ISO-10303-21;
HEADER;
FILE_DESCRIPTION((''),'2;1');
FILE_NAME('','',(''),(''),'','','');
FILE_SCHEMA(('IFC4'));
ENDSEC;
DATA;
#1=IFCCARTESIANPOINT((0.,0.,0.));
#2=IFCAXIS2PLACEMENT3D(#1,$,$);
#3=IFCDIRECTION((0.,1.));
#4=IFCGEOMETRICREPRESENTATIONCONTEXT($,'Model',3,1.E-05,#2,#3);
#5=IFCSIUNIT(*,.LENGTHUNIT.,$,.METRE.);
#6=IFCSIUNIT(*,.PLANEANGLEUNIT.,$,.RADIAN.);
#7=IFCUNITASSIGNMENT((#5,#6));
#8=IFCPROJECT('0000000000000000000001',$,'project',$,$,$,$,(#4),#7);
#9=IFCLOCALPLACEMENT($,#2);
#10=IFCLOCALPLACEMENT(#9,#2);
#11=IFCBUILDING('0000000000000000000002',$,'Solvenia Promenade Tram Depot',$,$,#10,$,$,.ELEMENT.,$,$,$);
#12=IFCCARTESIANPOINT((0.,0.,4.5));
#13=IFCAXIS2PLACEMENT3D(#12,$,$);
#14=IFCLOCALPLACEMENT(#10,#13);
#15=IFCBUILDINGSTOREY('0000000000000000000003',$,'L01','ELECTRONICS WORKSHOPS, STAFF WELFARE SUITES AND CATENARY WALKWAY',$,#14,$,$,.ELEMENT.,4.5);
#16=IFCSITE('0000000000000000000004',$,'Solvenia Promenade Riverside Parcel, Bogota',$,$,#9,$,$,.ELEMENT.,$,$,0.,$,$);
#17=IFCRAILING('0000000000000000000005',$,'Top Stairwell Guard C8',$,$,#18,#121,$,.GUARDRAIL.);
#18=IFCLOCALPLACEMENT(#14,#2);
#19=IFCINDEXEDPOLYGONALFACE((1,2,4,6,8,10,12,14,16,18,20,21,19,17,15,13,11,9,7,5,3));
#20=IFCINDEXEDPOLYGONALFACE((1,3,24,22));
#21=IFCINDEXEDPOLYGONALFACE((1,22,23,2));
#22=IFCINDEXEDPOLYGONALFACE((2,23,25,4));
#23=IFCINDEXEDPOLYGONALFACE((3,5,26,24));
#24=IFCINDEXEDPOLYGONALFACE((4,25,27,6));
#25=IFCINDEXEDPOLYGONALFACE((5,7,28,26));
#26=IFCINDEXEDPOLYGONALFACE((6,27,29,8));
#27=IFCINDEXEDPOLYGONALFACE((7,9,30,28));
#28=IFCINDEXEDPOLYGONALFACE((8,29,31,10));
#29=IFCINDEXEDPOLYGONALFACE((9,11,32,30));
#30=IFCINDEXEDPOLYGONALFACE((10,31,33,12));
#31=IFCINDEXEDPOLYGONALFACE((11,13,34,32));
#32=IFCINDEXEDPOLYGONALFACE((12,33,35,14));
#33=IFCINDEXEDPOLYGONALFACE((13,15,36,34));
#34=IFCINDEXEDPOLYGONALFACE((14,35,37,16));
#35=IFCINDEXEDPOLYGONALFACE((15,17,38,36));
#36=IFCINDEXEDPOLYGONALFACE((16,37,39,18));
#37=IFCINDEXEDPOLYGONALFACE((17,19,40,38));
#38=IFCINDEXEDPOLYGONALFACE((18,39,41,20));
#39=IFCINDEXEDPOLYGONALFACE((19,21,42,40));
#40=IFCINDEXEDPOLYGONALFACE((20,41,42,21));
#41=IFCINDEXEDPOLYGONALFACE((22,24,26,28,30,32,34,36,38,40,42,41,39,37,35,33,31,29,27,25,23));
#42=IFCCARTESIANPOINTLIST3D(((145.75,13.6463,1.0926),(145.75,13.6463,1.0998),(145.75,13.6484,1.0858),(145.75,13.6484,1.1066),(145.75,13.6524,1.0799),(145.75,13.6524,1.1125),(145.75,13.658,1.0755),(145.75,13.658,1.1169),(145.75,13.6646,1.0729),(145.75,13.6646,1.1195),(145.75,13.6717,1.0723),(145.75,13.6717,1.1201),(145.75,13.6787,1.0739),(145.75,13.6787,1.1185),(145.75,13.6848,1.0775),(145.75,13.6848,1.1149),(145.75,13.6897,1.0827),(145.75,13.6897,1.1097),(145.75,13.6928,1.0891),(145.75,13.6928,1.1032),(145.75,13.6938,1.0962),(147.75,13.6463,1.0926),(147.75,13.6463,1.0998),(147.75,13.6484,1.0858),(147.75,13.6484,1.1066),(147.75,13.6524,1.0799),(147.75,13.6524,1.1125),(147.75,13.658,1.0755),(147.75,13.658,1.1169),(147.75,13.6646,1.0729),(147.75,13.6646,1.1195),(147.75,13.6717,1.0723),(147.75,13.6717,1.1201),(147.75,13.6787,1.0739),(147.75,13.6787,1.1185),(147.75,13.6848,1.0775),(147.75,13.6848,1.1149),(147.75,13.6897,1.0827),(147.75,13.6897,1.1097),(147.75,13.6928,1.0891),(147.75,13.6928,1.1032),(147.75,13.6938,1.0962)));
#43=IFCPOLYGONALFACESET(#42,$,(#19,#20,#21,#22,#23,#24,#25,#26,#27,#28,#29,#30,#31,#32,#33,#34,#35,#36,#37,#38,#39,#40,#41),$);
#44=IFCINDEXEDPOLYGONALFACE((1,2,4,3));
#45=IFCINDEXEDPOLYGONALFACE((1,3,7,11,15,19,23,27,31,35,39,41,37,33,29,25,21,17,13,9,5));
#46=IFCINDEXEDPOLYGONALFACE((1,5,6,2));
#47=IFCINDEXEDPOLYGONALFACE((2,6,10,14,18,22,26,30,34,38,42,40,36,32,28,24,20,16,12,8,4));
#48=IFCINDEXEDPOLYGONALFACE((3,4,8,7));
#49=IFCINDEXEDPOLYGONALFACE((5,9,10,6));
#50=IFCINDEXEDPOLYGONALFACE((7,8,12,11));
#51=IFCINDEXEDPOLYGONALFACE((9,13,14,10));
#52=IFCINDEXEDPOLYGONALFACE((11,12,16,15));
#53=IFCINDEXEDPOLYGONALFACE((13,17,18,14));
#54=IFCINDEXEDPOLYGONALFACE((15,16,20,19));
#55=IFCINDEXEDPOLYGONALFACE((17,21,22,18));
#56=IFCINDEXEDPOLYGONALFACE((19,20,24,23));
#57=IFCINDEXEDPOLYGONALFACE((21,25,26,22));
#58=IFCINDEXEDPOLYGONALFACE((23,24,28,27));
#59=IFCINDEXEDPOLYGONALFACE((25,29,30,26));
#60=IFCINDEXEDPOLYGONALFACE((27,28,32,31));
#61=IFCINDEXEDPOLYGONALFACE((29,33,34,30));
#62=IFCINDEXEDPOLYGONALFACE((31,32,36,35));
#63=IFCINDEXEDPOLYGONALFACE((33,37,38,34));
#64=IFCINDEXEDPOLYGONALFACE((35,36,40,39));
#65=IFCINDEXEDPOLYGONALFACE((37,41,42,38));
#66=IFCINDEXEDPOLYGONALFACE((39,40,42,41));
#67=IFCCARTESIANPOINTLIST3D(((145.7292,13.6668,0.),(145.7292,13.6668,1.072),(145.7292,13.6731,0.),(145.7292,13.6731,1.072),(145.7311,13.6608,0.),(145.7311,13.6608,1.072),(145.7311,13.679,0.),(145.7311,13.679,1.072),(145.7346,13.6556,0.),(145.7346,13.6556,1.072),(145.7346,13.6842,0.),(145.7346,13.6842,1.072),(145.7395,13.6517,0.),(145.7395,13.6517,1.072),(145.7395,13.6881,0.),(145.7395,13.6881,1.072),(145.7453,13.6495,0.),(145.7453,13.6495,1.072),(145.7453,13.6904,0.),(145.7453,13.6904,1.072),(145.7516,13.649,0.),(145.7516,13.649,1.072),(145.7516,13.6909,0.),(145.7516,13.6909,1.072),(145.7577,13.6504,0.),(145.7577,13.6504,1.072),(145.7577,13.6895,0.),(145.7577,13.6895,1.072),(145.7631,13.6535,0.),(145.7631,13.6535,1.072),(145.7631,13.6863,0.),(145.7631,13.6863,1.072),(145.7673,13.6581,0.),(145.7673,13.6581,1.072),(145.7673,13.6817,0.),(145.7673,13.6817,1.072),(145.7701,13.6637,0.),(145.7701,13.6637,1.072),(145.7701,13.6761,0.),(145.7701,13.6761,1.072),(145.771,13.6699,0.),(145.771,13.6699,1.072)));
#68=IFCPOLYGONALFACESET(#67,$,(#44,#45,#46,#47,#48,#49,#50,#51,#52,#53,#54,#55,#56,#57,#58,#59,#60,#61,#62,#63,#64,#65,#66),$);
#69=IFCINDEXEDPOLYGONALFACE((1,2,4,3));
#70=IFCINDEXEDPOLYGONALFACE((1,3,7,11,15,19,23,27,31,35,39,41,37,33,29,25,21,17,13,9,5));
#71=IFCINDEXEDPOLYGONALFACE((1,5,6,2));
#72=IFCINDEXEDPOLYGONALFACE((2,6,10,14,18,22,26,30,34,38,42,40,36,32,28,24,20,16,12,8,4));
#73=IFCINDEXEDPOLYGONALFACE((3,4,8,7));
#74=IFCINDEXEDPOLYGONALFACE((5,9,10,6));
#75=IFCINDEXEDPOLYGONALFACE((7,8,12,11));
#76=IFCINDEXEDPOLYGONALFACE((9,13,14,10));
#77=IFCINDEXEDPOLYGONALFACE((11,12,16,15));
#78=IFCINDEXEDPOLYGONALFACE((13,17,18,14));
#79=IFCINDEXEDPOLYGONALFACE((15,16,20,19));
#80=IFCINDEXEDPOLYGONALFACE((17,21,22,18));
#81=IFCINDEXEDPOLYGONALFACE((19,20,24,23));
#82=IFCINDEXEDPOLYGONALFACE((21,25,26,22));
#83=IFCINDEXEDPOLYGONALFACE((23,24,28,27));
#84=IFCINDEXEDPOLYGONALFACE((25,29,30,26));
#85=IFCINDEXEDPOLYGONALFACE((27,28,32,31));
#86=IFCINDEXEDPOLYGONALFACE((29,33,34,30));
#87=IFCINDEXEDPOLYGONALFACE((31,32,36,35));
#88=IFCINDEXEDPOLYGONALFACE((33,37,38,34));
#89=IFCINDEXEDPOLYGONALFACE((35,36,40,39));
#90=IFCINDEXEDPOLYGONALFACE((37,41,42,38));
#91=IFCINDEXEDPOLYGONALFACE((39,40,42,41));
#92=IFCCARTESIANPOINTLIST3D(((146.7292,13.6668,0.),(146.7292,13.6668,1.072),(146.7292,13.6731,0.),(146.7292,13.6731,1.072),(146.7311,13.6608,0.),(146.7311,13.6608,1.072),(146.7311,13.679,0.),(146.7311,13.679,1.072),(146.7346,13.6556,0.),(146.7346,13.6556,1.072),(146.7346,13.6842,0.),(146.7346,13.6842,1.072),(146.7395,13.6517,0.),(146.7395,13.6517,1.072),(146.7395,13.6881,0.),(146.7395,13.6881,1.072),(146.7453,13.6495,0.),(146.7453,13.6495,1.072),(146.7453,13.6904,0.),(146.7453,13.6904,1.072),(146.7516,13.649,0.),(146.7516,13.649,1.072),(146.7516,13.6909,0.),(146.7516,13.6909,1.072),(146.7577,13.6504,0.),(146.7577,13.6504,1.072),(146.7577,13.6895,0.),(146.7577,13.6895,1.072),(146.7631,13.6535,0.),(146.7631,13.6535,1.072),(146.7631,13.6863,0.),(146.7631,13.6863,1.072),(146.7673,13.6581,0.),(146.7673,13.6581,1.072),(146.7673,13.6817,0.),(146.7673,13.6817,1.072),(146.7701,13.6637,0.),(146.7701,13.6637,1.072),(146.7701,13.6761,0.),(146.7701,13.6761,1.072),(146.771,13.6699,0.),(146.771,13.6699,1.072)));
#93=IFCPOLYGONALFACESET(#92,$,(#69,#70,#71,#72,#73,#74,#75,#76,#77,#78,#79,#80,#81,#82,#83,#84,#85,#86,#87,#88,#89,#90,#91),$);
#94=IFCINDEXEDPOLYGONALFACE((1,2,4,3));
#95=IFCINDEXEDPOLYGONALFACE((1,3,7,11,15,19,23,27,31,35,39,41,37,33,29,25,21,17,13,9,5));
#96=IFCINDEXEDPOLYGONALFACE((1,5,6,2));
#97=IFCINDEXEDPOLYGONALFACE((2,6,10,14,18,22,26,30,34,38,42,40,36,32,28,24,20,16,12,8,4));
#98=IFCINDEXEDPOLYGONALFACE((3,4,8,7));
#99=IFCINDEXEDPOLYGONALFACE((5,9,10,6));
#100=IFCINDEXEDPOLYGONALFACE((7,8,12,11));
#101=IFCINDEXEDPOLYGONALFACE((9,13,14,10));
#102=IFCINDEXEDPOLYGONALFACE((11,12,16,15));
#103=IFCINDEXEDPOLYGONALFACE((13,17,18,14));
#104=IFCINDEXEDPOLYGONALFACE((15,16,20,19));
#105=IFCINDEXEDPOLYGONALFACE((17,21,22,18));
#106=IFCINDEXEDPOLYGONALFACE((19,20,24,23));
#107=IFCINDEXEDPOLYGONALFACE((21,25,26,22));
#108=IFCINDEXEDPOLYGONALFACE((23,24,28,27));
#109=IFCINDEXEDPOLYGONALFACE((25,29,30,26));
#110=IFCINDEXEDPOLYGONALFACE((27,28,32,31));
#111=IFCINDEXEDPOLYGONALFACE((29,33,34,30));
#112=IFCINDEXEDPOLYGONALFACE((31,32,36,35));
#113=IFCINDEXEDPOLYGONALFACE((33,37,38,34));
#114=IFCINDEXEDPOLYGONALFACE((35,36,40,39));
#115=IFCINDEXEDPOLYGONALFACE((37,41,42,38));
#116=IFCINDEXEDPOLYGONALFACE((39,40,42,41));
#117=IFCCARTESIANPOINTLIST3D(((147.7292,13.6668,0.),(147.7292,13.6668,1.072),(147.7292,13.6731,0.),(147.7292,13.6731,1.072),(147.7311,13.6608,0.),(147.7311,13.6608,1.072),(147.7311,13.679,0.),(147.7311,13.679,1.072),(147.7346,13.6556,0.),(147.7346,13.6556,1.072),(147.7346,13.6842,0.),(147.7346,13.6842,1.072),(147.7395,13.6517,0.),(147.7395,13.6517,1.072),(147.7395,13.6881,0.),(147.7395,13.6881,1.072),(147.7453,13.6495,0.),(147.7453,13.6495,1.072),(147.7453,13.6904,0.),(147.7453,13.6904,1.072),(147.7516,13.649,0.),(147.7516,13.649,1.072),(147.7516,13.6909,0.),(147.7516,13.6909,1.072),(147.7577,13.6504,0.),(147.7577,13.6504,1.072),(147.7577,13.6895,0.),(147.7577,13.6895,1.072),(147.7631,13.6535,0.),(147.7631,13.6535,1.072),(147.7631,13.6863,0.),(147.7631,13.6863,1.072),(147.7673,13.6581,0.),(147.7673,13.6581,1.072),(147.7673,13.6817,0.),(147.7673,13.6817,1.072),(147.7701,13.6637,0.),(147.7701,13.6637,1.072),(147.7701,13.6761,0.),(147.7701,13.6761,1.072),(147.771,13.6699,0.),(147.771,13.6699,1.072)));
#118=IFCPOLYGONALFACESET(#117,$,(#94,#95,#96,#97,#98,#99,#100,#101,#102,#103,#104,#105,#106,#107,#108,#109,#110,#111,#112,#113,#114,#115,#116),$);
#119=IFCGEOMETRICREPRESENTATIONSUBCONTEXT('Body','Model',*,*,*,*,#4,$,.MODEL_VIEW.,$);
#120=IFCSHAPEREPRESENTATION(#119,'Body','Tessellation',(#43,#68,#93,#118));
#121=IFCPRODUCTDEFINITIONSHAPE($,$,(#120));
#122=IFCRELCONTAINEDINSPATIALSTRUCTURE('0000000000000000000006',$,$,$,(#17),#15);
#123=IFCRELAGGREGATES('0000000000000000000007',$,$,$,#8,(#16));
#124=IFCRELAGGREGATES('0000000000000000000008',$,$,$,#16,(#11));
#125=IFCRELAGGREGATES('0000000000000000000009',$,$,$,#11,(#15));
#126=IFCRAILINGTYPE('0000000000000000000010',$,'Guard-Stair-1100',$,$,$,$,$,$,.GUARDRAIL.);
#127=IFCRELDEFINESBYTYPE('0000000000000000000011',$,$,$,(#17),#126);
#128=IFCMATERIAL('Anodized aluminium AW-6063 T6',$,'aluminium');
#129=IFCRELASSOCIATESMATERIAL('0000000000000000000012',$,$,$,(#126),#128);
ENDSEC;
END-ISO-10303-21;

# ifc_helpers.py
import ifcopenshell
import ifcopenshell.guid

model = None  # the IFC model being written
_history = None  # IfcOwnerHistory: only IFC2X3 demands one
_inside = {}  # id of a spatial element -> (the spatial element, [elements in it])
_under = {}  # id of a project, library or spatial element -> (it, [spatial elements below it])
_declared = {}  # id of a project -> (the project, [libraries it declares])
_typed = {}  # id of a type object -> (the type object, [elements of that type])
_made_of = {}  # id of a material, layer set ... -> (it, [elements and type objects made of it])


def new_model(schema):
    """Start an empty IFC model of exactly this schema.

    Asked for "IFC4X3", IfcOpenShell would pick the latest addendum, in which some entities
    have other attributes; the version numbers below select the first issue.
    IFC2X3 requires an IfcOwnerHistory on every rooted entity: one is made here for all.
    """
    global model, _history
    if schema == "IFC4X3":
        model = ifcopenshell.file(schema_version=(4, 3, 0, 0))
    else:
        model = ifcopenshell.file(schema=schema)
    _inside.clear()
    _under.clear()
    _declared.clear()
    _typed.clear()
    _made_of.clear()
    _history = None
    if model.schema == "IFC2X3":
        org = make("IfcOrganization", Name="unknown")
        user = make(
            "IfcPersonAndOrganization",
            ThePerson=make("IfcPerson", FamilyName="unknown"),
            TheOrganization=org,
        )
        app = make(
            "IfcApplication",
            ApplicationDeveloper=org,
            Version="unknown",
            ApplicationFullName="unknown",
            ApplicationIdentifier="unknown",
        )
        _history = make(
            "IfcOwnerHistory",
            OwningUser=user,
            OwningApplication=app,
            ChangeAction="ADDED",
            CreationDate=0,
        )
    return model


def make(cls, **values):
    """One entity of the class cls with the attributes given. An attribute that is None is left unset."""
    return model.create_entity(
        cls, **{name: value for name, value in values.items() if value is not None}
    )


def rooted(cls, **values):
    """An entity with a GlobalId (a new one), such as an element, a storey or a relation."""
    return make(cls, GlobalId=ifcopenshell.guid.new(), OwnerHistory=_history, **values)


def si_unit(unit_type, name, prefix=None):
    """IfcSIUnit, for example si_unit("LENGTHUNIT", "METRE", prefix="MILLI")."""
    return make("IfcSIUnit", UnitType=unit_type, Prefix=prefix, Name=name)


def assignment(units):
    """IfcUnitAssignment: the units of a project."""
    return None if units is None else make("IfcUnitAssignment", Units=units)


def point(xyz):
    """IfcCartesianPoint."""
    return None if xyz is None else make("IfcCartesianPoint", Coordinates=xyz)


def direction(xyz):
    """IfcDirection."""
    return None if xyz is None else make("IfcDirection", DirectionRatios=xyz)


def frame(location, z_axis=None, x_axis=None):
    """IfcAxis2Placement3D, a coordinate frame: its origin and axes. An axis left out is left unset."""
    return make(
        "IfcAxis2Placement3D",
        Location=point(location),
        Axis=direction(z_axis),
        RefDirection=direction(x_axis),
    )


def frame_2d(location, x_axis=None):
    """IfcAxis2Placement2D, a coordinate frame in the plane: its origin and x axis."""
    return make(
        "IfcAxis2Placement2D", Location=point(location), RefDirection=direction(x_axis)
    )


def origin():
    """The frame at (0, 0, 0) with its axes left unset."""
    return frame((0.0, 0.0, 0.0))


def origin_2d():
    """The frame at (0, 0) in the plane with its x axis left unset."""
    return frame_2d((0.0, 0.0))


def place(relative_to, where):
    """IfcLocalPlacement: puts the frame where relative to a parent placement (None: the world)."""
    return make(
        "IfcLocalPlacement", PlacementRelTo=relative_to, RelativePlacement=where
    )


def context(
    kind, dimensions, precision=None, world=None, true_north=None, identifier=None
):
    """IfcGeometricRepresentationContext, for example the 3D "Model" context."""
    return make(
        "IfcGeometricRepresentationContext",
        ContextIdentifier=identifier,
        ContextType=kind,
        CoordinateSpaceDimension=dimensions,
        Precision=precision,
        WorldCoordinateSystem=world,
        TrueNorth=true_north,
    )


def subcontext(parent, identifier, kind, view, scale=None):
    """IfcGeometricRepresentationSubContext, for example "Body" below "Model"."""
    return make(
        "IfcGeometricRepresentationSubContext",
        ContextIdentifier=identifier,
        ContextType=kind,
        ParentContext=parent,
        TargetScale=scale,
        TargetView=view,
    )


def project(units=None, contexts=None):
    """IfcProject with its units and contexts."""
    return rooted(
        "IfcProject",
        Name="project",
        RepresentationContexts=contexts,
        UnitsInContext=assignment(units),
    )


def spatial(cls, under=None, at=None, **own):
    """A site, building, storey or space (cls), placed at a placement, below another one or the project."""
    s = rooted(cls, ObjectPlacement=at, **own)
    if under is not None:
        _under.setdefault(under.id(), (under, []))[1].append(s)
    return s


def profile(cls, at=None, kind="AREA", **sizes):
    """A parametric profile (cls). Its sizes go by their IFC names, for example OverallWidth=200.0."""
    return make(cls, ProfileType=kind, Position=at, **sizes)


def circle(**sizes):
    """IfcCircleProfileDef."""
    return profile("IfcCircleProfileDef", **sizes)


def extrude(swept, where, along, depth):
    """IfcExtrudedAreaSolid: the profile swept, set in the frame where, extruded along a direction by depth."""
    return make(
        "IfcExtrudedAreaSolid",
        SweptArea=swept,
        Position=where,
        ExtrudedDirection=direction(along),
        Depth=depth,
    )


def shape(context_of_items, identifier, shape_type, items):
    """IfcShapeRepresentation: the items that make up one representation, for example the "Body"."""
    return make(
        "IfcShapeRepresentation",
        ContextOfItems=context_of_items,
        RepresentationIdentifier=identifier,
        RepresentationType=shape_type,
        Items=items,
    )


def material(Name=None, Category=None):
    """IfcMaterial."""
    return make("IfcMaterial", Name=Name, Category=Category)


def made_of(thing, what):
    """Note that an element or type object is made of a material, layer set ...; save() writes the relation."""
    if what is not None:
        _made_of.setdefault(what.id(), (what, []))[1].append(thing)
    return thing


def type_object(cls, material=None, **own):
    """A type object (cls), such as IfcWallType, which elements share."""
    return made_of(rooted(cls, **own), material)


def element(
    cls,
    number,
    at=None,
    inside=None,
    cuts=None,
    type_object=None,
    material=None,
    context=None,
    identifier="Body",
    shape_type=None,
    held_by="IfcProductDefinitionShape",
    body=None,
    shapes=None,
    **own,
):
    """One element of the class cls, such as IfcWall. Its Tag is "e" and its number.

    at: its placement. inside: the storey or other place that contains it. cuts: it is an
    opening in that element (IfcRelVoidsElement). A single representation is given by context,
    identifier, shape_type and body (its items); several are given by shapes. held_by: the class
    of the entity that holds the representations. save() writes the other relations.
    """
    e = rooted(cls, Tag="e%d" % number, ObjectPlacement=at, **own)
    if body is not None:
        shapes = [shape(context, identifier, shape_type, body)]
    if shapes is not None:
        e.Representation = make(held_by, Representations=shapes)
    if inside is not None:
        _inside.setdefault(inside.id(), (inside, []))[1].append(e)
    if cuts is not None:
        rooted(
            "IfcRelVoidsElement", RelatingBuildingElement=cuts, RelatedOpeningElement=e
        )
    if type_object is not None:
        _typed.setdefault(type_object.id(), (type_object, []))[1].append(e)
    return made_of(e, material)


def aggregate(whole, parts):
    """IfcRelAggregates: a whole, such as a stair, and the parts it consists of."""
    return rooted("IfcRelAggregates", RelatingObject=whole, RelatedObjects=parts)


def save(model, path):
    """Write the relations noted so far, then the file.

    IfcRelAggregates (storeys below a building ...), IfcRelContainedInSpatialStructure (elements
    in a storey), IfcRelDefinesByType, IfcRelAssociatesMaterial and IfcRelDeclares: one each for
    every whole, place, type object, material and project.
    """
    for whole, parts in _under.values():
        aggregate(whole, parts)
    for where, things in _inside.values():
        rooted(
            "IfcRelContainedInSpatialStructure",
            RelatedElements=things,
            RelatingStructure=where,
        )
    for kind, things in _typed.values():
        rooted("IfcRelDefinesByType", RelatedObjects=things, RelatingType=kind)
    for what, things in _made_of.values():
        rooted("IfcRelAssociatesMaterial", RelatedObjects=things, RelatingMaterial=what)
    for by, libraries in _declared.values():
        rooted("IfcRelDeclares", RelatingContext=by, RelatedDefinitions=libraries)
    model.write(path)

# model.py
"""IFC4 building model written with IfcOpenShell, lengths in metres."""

from ifc_helpers import new_model, si_unit, direction, frame, origin, origin_2d, place, context, subcontext, project, spatial, circle, extrude, material, type_object, element, save


model = new_model("IFC4")

# Units and contexts
model_context = context("Model", 3, precision=1e-05, world=origin(), true_north=direction((0.0, 1.0)))
body_context = subcontext(model_context, "Body", "Model", "MODEL_VIEW")
ifc_project = project(units=[si_unit("LENGTHUNIT", "METRE"), si_unit("PLANEANGLEUNIT", "RADIAN")], contexts=[model_context])

# Site, building, storey
site_placement = place(None, origin())
site = spatial("IfcSite", under=ifc_project, at=site_placement, Name="Solvenia Promenade Riverside Parcel, Bogota", CompositionType="ELEMENT", RefElevation=0.0)
building_placement = place(site_placement, origin())
building = spatial("IfcBuilding", under=site, at=building_placement, Name="Solvenia Promenade Tram Depot", CompositionType="ELEMENT")
storey_placement = place(building_placement, frame((0.0, 0.0, 4.5)))
storey = spatial("IfcBuildingStorey", under=building, at=storey_placement, Name="L01", Description="ELECTRONICS WORKSHOPS, STAFF WELFARE SUITES AND CATENARY WALKWAY", CompositionType="ELEMENT", Elevation=4.5)

# Shared definitions
ifc_material_1 = material(Name="Anodized aluminium AW-6063 T6", Category="aluminium")

# Railing
railing_type = type_object("IfcRailingType", Name="Guard-Stair-1100", PredefinedType="GUARDRAIL", material=ifc_material_1)
railing_placement = place(storey_placement, frame((145.75, 13.6699, 0.0)))
element("IfcRailing", 1, at=railing_placement, inside=storey, type_object=railing_type, Name="Top Stairwell Guard C8", PredefinedType="GUARDRAIL", context=body_context, shape_type="SweptSolid", body=[
    extrude(circle(Radius=0.0239, at=origin_2d()), frame((0.0, 0.0, 1.0962), z_axis=(1.0, 0.0, 0.0), x_axis=(0.0, 1.0, 0.0)), (0.0, 0.0, 1.0), 2.0),
    extrude(circle(Radius=0.021, at=origin_2d()), origin(), (0.0, 0.0, 1.0), 1.072),
    extrude(circle(Radius=0.021, at=origin_2d()), frame((1.0, 0.0, 0.0)), (0.0, 0.0, 1.0), 1.072),
    extrude(circle(Radius=0.021, at=origin_2d()), frame((2.0, 0.0, 0.0)), (0.0, 0.0, 1.0), 1.072),
])

save(model, "model.ifc")
